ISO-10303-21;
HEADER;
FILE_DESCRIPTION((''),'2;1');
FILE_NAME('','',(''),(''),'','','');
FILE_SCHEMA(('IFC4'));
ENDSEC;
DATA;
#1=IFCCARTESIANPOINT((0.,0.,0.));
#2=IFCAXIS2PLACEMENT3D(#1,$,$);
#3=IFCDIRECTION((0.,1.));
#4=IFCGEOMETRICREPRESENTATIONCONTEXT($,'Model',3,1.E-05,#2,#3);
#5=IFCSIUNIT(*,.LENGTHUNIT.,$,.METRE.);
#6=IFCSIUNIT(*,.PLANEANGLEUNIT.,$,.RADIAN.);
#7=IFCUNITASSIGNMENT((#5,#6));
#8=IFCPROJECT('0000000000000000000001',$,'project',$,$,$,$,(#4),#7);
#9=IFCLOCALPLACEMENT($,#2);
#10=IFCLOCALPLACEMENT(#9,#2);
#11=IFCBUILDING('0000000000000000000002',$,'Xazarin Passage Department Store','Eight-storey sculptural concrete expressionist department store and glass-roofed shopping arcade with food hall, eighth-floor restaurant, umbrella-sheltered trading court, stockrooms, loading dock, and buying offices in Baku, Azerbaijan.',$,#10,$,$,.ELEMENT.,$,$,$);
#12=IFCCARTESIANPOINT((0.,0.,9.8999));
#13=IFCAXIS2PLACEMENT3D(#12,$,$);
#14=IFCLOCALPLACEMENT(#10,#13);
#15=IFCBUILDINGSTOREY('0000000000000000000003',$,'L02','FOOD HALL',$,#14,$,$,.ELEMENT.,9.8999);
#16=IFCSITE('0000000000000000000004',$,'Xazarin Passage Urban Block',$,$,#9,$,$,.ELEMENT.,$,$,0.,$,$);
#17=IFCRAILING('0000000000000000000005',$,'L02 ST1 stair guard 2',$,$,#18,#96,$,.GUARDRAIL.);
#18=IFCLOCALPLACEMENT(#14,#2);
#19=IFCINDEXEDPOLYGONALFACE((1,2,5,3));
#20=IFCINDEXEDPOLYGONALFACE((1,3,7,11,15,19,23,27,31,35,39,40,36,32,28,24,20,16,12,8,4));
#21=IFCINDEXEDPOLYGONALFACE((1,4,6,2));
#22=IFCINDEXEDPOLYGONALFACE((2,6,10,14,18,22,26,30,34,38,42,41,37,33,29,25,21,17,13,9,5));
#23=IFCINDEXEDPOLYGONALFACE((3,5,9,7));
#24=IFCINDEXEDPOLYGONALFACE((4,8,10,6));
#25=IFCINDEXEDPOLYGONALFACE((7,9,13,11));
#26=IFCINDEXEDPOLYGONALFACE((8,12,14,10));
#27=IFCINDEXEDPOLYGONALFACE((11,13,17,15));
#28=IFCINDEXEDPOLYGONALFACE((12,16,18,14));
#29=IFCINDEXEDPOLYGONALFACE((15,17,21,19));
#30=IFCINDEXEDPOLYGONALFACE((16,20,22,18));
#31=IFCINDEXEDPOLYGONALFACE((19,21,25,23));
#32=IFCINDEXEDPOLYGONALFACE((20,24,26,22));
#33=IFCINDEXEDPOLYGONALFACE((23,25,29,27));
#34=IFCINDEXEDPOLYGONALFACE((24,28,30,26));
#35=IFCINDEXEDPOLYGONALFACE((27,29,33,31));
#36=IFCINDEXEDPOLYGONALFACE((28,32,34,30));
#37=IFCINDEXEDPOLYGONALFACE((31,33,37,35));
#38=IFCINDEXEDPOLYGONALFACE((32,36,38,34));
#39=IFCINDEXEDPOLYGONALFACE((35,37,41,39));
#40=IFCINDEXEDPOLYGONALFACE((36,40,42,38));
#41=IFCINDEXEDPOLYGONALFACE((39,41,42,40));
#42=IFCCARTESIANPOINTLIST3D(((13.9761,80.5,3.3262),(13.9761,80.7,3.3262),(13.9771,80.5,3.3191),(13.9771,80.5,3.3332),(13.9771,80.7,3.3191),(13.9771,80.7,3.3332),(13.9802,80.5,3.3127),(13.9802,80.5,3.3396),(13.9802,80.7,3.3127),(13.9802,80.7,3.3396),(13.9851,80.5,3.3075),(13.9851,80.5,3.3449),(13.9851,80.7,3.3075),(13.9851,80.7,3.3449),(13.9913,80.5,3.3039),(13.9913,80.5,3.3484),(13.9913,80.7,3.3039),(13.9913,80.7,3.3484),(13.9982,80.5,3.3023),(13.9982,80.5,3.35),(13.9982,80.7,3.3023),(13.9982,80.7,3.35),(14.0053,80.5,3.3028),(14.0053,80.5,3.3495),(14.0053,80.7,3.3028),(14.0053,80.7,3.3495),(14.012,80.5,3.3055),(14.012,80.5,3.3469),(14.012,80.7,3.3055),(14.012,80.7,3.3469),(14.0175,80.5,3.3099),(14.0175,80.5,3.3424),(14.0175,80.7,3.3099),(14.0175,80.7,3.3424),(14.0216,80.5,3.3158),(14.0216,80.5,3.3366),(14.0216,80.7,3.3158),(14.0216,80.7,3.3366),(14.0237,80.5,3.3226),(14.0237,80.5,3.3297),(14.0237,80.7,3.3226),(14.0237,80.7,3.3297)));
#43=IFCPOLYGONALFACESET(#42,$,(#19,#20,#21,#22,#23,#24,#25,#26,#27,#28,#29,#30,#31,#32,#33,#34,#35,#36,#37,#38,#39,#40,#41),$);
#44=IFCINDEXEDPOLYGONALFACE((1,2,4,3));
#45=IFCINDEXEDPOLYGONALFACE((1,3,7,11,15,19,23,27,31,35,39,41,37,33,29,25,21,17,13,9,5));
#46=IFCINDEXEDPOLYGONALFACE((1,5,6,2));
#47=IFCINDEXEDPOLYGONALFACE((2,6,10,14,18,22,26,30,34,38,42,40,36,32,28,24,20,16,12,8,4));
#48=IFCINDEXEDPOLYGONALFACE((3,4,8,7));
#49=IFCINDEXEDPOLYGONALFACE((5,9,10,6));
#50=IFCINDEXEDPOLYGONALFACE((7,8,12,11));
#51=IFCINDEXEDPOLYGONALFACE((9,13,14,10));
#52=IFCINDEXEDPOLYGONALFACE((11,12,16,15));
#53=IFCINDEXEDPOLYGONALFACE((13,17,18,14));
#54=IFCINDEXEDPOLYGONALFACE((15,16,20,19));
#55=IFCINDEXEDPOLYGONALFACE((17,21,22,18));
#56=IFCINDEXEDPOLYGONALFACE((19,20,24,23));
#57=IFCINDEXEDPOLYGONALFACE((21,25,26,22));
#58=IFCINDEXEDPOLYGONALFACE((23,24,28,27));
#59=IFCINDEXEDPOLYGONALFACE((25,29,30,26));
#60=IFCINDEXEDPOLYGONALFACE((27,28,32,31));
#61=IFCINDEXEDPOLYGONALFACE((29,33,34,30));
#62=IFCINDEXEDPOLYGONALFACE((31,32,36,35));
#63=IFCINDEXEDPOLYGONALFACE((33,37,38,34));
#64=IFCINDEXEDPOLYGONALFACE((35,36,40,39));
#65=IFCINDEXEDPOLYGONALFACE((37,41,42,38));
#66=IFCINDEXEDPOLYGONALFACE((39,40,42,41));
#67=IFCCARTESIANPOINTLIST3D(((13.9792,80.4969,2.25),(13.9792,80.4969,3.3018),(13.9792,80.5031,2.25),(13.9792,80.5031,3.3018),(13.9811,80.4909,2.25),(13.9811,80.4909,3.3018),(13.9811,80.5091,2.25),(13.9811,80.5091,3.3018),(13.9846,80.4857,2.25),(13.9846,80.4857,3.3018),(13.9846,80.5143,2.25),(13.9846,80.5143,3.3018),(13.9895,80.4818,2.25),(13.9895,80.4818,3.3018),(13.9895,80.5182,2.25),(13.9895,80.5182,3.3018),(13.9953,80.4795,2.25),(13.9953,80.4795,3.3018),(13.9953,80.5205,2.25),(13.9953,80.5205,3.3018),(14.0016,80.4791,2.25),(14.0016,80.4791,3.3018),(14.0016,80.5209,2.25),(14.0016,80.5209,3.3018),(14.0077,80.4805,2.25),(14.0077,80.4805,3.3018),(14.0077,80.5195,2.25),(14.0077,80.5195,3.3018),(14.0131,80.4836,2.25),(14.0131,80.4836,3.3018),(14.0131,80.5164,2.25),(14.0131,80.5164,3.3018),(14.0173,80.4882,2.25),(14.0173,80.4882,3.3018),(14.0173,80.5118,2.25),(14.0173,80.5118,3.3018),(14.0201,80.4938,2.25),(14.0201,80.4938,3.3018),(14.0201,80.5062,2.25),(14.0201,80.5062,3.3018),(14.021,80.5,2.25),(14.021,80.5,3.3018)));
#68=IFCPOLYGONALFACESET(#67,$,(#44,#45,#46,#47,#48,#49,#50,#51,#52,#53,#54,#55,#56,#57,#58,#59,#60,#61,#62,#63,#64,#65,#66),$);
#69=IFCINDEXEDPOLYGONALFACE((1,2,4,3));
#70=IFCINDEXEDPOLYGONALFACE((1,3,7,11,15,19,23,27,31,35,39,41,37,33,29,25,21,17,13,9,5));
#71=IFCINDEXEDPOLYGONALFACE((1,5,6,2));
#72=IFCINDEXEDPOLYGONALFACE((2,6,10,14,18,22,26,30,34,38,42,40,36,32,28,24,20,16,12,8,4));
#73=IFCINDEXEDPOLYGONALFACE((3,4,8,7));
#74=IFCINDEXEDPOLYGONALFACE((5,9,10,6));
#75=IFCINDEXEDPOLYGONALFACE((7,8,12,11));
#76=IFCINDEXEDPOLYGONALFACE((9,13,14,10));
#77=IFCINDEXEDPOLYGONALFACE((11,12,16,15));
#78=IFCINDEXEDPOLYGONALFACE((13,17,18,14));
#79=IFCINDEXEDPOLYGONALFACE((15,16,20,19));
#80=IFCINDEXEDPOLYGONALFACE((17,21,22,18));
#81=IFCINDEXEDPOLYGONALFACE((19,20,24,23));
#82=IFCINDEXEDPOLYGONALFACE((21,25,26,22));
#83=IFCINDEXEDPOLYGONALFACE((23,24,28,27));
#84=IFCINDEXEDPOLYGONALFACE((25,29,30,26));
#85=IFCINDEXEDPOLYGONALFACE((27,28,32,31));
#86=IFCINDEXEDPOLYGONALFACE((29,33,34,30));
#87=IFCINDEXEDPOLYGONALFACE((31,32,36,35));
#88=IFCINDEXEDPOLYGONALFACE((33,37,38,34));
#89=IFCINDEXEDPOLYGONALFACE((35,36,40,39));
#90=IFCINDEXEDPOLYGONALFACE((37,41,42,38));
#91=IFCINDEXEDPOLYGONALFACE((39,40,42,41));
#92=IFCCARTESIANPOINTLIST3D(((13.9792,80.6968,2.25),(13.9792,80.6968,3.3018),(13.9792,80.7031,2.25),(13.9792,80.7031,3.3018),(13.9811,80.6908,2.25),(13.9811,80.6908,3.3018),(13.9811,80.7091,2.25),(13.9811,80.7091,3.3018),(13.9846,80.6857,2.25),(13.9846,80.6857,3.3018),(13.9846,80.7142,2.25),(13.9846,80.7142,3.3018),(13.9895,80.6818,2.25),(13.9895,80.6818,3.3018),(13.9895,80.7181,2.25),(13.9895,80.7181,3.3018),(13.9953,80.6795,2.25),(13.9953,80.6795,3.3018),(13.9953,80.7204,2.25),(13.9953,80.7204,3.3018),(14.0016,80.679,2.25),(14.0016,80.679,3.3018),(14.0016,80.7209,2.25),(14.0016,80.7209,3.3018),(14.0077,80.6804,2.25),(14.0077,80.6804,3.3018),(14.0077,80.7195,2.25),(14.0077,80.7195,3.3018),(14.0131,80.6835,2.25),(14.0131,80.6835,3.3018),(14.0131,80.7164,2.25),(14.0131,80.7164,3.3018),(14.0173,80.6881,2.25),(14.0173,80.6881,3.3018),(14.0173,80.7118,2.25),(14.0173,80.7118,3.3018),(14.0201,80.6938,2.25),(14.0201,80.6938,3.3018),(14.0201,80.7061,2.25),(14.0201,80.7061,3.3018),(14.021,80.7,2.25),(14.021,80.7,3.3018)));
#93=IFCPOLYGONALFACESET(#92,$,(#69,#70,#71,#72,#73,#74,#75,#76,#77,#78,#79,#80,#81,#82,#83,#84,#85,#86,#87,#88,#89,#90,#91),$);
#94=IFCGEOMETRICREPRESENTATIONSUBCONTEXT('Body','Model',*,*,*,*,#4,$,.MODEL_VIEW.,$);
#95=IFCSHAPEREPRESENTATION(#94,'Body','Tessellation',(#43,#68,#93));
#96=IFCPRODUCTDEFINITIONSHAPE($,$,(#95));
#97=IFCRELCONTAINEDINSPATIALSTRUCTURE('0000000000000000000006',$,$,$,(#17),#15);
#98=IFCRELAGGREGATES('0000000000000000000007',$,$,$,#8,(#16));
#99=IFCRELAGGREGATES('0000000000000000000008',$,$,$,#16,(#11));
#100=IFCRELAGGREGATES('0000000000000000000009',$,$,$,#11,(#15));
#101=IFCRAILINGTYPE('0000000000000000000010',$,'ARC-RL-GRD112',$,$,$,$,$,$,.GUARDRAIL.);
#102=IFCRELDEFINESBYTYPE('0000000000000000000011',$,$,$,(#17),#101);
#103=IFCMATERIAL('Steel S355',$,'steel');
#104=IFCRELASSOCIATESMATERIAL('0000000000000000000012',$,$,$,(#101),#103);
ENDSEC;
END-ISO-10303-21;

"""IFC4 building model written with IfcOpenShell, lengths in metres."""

from ifc_helpers import new_model, si_unit, direction, frame, origin, origin_2d, place, context, subcontext, project, spatial, circle, extrude, material, type_object, element, save


model = new_model("IFC4")

# Units and contexts
model_context = context("Model", 3, precision=1e-05, world=origin(), true_north=direction((0.0, 1.0)))
body_context = subcontext(model_context, "Body", "Model", "MODEL_VIEW")
ifc_project = project(units=[si_unit("LENGTHUNIT", "METRE"), si_unit("PLANEANGLEUNIT", "RADIAN")], contexts=[model_context])

# Site, building, storey
site_placement = place(None, origin())
site = spatial("IfcSite", under=ifc_project, at=site_placement, Name="Xazarin Passage Urban Block", CompositionType="ELEMENT", RefElevation=0.0)
building_placement = place(site_placement, origin())
building = spatial("IfcBuilding", under=site, at=building_placement, Name="Xazarin Passage Department Store", Description="Eight-storey sculptural concrete expressionist department store and glass-roofed shopping arcade with food hall, eighth-floor restaurant, umbrella-sheltered trading court, stockrooms, loading dock, and buying offices in Baku, Azerbaijan.", CompositionType="ELEMENT")
storey_placement = place(building_placement, frame((0.0, 0.0, 9.8999)))
storey = spatial("IfcBuildingStorey", under=building, at=storey_placement, Name="L02", Description="FOOD HALL", CompositionType="ELEMENT", Elevation=9.8999)

# Shared definitions
ifc_material_1 = material(Name="Steel S355", Category="steel")

# Railing
railing_type_1 = type_object("IfcRailingType", Name="ARC-RL-GRD112", PredefinedType="GUARDRAIL", material=ifc_material_1)
railing_1_placement = place(storey_placement, frame((14.0, 80.5, 2.25)))
element("IfcRailing", 1, at=railing_1_placement, inside=storey, type_object=railing_type_1, Name="L02 ST1 stair guard 2", PredefinedType="GUARDRAIL", context=body_context, shape_type="SweptSolid", body=[
    extrude(circle(Radius=0.0239, at=origin_2d()), frame((0.0, 0.0, 1.0762), z_axis=(0.0, 1.0, 0.0), x_axis=(-1.0, 0.0, 0.0)), (0.0, 0.0, 1.0), 0.2),
    extrude(circle(Radius=0.021, at=origin_2d()), origin(), (0.0, 0.0, 1.0), 1.0518),
    extrude(circle(Radius=0.021, at=origin_2d()), frame((0.0, 0.2, 0.0)), (0.0, 0.0, 1.0), 1.0518),
])

save(model, "model.ifc")
